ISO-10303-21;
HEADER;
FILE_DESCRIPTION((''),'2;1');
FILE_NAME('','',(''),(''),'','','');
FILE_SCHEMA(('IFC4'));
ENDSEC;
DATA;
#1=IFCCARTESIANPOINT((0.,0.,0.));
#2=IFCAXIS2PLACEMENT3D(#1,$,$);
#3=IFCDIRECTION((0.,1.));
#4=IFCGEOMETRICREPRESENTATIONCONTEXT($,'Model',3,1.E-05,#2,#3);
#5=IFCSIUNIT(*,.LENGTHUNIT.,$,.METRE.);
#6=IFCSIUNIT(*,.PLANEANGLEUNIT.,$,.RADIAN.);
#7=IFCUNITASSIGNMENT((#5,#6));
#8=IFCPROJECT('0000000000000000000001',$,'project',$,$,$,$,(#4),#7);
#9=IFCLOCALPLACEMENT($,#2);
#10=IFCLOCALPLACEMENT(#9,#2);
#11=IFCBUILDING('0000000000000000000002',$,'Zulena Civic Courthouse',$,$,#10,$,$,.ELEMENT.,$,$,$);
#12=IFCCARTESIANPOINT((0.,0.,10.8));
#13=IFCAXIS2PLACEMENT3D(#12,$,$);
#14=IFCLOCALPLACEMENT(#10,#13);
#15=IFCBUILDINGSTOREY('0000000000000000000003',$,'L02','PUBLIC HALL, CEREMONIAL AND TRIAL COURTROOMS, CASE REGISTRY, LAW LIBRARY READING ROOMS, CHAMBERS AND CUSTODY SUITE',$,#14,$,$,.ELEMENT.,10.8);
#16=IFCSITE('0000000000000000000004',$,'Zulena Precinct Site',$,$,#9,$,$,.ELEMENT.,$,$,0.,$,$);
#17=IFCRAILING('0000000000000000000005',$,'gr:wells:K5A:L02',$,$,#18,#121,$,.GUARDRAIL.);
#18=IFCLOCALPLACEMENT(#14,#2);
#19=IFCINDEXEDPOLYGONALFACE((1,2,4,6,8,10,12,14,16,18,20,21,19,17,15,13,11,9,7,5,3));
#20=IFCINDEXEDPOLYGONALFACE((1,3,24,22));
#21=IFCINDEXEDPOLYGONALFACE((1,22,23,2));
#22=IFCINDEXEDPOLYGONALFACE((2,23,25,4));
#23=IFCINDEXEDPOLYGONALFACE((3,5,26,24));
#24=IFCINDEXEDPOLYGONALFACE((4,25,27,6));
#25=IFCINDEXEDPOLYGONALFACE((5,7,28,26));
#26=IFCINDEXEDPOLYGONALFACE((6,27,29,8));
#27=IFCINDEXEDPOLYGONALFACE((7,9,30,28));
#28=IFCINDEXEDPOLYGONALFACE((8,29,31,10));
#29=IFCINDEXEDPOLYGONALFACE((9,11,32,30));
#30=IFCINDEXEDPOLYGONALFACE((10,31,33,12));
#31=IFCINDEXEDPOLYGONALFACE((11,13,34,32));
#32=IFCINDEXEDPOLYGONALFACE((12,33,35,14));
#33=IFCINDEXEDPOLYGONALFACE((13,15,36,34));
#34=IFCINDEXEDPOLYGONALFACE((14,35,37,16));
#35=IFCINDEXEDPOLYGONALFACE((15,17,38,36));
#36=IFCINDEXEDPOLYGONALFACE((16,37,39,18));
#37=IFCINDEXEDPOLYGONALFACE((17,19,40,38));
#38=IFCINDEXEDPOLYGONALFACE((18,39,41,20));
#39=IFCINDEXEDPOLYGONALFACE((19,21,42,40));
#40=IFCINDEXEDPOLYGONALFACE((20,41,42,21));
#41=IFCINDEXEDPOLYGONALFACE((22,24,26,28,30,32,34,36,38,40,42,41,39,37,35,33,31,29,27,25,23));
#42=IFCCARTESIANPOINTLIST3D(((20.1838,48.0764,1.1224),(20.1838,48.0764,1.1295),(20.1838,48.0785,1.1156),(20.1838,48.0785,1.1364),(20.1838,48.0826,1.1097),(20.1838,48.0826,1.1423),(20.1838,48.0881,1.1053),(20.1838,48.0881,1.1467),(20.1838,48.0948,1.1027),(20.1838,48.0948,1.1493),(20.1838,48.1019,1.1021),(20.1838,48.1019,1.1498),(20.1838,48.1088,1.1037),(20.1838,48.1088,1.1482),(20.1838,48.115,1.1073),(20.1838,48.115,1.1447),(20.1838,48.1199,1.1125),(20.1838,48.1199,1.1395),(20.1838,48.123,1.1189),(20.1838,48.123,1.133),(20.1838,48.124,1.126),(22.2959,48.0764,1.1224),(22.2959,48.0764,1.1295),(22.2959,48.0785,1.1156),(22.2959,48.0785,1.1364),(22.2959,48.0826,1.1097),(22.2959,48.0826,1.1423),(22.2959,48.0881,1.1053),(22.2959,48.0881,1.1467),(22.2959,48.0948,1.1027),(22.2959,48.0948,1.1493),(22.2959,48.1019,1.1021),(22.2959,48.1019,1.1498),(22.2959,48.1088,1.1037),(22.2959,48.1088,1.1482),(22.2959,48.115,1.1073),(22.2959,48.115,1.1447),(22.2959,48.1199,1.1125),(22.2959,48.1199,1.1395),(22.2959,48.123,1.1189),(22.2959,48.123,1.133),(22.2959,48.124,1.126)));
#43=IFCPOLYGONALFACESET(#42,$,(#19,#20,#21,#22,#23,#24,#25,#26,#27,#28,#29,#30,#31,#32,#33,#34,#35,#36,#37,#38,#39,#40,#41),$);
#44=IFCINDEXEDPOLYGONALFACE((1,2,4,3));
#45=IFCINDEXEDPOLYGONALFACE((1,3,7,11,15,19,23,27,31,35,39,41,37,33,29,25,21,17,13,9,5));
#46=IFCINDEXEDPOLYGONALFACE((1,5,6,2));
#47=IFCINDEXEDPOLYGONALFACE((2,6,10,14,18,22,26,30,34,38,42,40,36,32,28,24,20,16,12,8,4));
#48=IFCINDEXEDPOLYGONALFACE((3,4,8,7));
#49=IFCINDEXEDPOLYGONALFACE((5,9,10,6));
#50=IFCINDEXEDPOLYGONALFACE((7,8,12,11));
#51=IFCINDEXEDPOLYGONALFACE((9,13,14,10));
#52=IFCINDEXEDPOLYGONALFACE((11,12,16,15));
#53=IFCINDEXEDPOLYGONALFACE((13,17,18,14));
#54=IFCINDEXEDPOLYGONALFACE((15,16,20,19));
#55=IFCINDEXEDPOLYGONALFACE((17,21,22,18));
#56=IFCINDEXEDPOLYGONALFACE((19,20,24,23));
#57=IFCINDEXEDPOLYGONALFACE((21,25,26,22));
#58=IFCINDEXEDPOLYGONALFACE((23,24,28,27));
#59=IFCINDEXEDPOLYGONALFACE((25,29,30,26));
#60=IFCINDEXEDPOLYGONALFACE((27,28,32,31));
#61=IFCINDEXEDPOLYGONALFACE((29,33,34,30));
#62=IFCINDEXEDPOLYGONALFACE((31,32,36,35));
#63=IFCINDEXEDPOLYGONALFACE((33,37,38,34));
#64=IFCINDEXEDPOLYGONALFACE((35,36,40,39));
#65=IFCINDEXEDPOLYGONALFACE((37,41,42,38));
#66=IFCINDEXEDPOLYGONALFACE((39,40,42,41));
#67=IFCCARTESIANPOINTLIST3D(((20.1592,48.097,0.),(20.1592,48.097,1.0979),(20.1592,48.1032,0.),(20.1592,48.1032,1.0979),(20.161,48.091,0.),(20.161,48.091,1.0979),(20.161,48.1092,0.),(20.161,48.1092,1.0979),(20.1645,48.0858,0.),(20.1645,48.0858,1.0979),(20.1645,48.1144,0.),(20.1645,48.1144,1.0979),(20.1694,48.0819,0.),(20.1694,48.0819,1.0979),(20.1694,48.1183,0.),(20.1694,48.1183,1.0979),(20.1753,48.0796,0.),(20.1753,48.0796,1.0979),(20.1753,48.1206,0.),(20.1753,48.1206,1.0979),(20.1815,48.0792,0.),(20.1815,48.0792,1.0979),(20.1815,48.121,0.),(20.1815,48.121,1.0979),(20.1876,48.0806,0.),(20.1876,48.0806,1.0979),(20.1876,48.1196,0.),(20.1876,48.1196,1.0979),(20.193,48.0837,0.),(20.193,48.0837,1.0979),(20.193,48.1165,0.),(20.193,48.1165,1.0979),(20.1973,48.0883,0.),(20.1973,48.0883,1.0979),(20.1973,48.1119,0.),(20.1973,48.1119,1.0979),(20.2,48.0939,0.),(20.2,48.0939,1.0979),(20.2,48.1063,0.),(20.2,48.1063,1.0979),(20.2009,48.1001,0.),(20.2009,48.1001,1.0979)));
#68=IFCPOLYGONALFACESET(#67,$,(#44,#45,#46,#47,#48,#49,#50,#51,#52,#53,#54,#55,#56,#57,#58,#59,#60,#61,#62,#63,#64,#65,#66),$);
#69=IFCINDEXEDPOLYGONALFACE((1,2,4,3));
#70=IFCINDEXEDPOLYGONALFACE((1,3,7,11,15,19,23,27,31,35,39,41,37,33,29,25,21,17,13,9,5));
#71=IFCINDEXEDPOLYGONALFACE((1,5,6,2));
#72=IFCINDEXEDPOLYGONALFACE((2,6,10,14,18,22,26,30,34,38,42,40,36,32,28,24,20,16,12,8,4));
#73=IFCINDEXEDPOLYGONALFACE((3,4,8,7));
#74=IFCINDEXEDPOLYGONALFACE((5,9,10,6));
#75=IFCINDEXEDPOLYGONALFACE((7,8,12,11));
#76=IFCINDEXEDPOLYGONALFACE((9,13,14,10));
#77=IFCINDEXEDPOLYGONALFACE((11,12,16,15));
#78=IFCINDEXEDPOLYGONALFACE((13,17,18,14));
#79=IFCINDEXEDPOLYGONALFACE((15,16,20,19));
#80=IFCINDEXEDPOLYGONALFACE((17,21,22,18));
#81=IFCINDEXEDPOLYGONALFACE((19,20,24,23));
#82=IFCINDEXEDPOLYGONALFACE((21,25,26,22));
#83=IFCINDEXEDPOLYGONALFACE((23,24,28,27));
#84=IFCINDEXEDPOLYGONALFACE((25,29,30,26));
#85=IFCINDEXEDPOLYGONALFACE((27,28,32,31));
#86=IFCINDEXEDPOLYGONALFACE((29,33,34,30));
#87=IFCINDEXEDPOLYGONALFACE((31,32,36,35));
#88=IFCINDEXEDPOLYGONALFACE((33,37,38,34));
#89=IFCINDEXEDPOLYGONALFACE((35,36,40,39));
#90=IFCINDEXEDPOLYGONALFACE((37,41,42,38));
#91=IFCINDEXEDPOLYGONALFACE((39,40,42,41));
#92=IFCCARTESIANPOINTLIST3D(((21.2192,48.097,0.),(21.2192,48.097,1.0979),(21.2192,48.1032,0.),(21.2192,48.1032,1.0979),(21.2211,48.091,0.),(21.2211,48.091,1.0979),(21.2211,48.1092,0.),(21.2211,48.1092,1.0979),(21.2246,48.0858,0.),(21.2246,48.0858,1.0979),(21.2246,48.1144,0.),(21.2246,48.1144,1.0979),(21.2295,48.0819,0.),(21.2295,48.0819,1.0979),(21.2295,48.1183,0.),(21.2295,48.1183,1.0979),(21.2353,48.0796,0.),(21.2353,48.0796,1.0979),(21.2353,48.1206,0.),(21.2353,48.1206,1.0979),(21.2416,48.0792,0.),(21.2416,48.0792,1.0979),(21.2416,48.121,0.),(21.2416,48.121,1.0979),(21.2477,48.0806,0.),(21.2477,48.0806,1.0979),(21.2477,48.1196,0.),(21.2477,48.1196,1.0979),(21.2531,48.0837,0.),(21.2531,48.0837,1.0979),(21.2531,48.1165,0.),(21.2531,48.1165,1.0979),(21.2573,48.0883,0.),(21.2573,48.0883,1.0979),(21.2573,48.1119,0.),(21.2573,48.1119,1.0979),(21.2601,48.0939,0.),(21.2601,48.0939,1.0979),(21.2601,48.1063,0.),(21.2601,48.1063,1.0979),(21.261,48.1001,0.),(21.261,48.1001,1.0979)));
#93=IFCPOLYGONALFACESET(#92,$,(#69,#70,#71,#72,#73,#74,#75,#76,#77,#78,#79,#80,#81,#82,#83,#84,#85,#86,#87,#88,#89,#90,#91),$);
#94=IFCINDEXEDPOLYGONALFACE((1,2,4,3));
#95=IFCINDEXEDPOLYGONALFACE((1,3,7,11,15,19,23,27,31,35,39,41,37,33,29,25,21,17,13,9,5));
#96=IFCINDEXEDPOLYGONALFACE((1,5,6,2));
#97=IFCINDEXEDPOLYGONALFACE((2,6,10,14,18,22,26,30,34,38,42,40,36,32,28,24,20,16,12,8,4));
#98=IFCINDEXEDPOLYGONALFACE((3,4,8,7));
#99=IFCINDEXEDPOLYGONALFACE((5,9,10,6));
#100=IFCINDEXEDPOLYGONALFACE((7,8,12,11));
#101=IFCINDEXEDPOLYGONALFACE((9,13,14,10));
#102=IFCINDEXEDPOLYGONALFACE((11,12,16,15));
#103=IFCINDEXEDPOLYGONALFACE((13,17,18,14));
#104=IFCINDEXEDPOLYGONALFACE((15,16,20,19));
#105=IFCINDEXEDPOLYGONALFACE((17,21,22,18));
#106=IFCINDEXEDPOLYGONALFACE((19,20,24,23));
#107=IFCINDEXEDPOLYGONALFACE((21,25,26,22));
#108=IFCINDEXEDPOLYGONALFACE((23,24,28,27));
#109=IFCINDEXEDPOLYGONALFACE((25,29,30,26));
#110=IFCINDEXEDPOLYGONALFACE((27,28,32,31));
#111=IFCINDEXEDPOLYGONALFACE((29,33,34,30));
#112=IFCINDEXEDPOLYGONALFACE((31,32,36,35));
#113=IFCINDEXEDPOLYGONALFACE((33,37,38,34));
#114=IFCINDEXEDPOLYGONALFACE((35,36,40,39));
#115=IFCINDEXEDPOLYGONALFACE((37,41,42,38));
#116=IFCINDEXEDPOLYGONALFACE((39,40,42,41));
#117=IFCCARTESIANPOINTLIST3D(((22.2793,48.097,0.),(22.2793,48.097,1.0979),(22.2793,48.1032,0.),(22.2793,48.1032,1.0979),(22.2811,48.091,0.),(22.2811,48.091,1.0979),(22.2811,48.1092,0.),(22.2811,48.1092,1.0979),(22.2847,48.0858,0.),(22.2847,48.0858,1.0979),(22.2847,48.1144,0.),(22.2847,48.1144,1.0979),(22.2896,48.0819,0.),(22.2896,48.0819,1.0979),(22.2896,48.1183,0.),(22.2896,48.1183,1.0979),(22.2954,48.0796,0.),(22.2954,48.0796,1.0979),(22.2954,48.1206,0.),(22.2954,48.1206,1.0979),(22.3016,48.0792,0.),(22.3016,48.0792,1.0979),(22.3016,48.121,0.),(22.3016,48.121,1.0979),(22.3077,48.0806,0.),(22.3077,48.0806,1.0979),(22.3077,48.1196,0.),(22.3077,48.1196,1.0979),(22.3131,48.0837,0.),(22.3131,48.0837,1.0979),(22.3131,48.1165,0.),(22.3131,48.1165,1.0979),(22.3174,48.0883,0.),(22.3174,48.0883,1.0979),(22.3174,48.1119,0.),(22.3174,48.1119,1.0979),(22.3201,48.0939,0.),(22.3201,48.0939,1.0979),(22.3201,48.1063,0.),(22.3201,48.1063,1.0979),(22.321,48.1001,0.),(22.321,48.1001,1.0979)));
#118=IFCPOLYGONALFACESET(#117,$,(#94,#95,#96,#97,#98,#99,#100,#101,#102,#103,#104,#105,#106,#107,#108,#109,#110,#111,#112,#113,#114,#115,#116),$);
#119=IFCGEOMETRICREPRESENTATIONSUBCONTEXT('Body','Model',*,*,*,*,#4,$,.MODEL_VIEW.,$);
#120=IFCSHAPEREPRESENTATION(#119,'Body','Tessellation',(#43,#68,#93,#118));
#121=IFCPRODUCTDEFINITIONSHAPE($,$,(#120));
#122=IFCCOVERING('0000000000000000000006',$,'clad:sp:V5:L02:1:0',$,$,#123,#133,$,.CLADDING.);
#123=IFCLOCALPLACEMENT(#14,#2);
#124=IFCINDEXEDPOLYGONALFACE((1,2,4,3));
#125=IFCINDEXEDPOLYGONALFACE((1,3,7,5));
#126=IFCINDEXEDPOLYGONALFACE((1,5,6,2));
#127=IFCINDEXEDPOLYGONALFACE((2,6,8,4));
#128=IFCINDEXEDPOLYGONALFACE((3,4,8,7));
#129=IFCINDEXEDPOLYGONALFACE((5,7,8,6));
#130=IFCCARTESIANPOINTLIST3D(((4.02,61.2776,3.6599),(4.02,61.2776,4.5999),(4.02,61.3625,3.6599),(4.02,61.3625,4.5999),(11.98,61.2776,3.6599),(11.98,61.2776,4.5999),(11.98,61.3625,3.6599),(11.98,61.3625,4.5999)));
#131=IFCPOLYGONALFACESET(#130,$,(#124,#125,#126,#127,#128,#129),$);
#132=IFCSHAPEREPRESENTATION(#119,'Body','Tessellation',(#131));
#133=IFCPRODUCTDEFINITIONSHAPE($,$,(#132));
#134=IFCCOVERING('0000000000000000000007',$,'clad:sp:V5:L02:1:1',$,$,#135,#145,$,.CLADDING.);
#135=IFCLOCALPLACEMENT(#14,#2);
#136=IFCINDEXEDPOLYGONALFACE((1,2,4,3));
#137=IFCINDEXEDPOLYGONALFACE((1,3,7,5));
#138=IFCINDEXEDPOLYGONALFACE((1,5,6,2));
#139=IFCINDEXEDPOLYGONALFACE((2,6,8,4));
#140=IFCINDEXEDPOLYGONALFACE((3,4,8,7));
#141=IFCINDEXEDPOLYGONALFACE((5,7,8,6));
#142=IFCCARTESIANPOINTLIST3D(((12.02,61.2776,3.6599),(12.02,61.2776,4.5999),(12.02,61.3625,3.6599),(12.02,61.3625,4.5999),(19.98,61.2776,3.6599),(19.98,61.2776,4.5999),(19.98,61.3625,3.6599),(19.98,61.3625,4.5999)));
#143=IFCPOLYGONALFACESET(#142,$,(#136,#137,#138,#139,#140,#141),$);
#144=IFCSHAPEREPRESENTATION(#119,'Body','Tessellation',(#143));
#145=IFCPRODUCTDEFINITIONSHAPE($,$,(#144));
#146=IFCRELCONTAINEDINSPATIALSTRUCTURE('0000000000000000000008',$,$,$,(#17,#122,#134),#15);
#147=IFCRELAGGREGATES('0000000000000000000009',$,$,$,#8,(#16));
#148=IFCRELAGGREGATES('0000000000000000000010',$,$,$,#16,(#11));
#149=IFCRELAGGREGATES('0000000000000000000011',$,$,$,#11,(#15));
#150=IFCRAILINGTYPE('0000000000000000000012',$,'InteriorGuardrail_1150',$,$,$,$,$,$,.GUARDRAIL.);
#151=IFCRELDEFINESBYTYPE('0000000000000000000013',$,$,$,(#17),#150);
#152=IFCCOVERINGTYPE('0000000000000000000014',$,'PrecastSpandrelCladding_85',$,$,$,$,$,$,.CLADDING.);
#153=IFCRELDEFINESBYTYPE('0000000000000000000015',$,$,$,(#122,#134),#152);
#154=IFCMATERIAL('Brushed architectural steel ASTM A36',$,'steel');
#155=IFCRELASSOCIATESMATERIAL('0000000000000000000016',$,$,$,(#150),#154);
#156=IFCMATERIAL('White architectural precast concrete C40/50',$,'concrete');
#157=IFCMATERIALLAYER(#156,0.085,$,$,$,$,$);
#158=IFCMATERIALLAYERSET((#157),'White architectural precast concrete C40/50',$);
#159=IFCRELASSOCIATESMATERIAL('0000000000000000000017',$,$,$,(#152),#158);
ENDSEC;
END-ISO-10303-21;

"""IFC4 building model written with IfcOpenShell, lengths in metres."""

from ifc_helpers import new_model, si_unit, direction, frame, origin, origin_2d, place, context, subcontext, project, spatial, rectangle, circle, extrude, material, layer, layer_set, type_object, element, save


model = new_model("IFC4")

# Units and contexts
model_context = context("Model", 3, precision=1e-05, world=origin(), true_north=direction((0.0, 1.0)))
body_context = subcontext(model_context, "Body", "Model", "MODEL_VIEW")
ifc_project = project(units=[si_unit("LENGTHUNIT", "METRE"), si_unit("PLANEANGLEUNIT", "RADIAN")], contexts=[model_context])

# Site, building, storey
site_placement = place(None, origin())
site = spatial("IfcSite", under=ifc_project, at=site_placement, Name="Zulena Precinct Site", CompositionType="ELEMENT", RefElevation=0.0)
building_placement = place(site_placement, origin())
building = spatial("IfcBuilding", under=site, at=building_placement, Name="Zulena Civic Courthouse", CompositionType="ELEMENT")
storey_placement = place(building_placement, frame((0.0, 0.0, 10.8)))
storey = spatial("IfcBuildingStorey", under=building, at=storey_placement, Name="L02", Description="PUBLIC HALL, CEREMONIAL AND TRIAL COURTROOMS, CASE REGISTRY, LAW LIBRARY READING ROOMS, CHAMBERS AND CUSTODY SUITE", CompositionType="ELEMENT", Elevation=10.8)

# Railing
ifc_material_1 = material(Name="Brushed architectural steel ASTM A36", Category="steel")
railing_type = type_object("IfcRailingType", Name="InteriorGuardrail_1150", PredefinedType="GUARDRAIL", material=ifc_material_1)
railing_1_placement = place(storey_placement, frame((20.1799, 48.1001, 0.0)))
element("IfcRailing", 1, at=railing_1_placement, inside=storey, type_object=railing_type, Name="gr:wells:K5A:L02", PredefinedType="GUARDRAIL", context=body_context, shape_type="SweptSolid", body=[
    extrude(circle(Radius=0.0239, at=origin_2d()), frame((0.0039, 0.0, 1.126), z_axis=(1.0, 0.0, 0.0), x_axis=(0.0, 1.0, 0.0)), (0.0, 0.0, 1.0), 2.1121),
    extrude(circle(Radius=0.021, at=origin_2d()), origin(), (0.0, 0.0, 1.0), 1.0979),
    extrude(circle(Radius=0.021, at=origin_2d()), frame((1.0601, 0.0, 0.0)), (0.0, 0.0, 1.0), 1.0979),
    extrude(circle(Radius=0.021, at=origin_2d()), frame((2.1201, 0.0, 0.0)), (0.0, 0.0, 1.0), 1.0979),
])

# Coverings
ifc_material_2 = material(Name="White architectural precast concrete C40/50", Category="concrete")
ifc_layer_1 = layer(ifc_material_2, 0.085)
ifc_layer_set_1 = layer_set([ifc_layer_1], Name="White architectural precast concrete C40/50")
covering_type = type_object("IfcCoveringType", Name="PrecastSpandrelCladding_85", PredefinedType="CLADDING", material=ifc_layer_set_1)
for number, where, z_axis, x_axis, name in (
    (2, (8.0, 61.3201, 3.6599), (0.0, 0.0, 1.0), (1.0, 0.0, 0.0), "clad:sp:V5:L02:1:0"),
    (3, (16.0, 61.3201, 3.6599), (0.0, 0.0, 1.0), (1.0, 0.0, 0.0), "clad:sp:V5:L02:1:1"),
):
    element("IfcCovering", number, at=place(storey_placement, frame(where, z_axis=z_axis, x_axis=x_axis)), inside=storey, type_object=covering_type, Name=name, PredefinedType="CLADDING", context=body_context, shape_type="SweptSolid", body=[
        extrude(rectangle(XDim=7.96, YDim=0.085, at=origin_2d()), origin(), (0.0, 0.0, 1.0), 0.9399),
    ])

save(model, "model.ifc")
